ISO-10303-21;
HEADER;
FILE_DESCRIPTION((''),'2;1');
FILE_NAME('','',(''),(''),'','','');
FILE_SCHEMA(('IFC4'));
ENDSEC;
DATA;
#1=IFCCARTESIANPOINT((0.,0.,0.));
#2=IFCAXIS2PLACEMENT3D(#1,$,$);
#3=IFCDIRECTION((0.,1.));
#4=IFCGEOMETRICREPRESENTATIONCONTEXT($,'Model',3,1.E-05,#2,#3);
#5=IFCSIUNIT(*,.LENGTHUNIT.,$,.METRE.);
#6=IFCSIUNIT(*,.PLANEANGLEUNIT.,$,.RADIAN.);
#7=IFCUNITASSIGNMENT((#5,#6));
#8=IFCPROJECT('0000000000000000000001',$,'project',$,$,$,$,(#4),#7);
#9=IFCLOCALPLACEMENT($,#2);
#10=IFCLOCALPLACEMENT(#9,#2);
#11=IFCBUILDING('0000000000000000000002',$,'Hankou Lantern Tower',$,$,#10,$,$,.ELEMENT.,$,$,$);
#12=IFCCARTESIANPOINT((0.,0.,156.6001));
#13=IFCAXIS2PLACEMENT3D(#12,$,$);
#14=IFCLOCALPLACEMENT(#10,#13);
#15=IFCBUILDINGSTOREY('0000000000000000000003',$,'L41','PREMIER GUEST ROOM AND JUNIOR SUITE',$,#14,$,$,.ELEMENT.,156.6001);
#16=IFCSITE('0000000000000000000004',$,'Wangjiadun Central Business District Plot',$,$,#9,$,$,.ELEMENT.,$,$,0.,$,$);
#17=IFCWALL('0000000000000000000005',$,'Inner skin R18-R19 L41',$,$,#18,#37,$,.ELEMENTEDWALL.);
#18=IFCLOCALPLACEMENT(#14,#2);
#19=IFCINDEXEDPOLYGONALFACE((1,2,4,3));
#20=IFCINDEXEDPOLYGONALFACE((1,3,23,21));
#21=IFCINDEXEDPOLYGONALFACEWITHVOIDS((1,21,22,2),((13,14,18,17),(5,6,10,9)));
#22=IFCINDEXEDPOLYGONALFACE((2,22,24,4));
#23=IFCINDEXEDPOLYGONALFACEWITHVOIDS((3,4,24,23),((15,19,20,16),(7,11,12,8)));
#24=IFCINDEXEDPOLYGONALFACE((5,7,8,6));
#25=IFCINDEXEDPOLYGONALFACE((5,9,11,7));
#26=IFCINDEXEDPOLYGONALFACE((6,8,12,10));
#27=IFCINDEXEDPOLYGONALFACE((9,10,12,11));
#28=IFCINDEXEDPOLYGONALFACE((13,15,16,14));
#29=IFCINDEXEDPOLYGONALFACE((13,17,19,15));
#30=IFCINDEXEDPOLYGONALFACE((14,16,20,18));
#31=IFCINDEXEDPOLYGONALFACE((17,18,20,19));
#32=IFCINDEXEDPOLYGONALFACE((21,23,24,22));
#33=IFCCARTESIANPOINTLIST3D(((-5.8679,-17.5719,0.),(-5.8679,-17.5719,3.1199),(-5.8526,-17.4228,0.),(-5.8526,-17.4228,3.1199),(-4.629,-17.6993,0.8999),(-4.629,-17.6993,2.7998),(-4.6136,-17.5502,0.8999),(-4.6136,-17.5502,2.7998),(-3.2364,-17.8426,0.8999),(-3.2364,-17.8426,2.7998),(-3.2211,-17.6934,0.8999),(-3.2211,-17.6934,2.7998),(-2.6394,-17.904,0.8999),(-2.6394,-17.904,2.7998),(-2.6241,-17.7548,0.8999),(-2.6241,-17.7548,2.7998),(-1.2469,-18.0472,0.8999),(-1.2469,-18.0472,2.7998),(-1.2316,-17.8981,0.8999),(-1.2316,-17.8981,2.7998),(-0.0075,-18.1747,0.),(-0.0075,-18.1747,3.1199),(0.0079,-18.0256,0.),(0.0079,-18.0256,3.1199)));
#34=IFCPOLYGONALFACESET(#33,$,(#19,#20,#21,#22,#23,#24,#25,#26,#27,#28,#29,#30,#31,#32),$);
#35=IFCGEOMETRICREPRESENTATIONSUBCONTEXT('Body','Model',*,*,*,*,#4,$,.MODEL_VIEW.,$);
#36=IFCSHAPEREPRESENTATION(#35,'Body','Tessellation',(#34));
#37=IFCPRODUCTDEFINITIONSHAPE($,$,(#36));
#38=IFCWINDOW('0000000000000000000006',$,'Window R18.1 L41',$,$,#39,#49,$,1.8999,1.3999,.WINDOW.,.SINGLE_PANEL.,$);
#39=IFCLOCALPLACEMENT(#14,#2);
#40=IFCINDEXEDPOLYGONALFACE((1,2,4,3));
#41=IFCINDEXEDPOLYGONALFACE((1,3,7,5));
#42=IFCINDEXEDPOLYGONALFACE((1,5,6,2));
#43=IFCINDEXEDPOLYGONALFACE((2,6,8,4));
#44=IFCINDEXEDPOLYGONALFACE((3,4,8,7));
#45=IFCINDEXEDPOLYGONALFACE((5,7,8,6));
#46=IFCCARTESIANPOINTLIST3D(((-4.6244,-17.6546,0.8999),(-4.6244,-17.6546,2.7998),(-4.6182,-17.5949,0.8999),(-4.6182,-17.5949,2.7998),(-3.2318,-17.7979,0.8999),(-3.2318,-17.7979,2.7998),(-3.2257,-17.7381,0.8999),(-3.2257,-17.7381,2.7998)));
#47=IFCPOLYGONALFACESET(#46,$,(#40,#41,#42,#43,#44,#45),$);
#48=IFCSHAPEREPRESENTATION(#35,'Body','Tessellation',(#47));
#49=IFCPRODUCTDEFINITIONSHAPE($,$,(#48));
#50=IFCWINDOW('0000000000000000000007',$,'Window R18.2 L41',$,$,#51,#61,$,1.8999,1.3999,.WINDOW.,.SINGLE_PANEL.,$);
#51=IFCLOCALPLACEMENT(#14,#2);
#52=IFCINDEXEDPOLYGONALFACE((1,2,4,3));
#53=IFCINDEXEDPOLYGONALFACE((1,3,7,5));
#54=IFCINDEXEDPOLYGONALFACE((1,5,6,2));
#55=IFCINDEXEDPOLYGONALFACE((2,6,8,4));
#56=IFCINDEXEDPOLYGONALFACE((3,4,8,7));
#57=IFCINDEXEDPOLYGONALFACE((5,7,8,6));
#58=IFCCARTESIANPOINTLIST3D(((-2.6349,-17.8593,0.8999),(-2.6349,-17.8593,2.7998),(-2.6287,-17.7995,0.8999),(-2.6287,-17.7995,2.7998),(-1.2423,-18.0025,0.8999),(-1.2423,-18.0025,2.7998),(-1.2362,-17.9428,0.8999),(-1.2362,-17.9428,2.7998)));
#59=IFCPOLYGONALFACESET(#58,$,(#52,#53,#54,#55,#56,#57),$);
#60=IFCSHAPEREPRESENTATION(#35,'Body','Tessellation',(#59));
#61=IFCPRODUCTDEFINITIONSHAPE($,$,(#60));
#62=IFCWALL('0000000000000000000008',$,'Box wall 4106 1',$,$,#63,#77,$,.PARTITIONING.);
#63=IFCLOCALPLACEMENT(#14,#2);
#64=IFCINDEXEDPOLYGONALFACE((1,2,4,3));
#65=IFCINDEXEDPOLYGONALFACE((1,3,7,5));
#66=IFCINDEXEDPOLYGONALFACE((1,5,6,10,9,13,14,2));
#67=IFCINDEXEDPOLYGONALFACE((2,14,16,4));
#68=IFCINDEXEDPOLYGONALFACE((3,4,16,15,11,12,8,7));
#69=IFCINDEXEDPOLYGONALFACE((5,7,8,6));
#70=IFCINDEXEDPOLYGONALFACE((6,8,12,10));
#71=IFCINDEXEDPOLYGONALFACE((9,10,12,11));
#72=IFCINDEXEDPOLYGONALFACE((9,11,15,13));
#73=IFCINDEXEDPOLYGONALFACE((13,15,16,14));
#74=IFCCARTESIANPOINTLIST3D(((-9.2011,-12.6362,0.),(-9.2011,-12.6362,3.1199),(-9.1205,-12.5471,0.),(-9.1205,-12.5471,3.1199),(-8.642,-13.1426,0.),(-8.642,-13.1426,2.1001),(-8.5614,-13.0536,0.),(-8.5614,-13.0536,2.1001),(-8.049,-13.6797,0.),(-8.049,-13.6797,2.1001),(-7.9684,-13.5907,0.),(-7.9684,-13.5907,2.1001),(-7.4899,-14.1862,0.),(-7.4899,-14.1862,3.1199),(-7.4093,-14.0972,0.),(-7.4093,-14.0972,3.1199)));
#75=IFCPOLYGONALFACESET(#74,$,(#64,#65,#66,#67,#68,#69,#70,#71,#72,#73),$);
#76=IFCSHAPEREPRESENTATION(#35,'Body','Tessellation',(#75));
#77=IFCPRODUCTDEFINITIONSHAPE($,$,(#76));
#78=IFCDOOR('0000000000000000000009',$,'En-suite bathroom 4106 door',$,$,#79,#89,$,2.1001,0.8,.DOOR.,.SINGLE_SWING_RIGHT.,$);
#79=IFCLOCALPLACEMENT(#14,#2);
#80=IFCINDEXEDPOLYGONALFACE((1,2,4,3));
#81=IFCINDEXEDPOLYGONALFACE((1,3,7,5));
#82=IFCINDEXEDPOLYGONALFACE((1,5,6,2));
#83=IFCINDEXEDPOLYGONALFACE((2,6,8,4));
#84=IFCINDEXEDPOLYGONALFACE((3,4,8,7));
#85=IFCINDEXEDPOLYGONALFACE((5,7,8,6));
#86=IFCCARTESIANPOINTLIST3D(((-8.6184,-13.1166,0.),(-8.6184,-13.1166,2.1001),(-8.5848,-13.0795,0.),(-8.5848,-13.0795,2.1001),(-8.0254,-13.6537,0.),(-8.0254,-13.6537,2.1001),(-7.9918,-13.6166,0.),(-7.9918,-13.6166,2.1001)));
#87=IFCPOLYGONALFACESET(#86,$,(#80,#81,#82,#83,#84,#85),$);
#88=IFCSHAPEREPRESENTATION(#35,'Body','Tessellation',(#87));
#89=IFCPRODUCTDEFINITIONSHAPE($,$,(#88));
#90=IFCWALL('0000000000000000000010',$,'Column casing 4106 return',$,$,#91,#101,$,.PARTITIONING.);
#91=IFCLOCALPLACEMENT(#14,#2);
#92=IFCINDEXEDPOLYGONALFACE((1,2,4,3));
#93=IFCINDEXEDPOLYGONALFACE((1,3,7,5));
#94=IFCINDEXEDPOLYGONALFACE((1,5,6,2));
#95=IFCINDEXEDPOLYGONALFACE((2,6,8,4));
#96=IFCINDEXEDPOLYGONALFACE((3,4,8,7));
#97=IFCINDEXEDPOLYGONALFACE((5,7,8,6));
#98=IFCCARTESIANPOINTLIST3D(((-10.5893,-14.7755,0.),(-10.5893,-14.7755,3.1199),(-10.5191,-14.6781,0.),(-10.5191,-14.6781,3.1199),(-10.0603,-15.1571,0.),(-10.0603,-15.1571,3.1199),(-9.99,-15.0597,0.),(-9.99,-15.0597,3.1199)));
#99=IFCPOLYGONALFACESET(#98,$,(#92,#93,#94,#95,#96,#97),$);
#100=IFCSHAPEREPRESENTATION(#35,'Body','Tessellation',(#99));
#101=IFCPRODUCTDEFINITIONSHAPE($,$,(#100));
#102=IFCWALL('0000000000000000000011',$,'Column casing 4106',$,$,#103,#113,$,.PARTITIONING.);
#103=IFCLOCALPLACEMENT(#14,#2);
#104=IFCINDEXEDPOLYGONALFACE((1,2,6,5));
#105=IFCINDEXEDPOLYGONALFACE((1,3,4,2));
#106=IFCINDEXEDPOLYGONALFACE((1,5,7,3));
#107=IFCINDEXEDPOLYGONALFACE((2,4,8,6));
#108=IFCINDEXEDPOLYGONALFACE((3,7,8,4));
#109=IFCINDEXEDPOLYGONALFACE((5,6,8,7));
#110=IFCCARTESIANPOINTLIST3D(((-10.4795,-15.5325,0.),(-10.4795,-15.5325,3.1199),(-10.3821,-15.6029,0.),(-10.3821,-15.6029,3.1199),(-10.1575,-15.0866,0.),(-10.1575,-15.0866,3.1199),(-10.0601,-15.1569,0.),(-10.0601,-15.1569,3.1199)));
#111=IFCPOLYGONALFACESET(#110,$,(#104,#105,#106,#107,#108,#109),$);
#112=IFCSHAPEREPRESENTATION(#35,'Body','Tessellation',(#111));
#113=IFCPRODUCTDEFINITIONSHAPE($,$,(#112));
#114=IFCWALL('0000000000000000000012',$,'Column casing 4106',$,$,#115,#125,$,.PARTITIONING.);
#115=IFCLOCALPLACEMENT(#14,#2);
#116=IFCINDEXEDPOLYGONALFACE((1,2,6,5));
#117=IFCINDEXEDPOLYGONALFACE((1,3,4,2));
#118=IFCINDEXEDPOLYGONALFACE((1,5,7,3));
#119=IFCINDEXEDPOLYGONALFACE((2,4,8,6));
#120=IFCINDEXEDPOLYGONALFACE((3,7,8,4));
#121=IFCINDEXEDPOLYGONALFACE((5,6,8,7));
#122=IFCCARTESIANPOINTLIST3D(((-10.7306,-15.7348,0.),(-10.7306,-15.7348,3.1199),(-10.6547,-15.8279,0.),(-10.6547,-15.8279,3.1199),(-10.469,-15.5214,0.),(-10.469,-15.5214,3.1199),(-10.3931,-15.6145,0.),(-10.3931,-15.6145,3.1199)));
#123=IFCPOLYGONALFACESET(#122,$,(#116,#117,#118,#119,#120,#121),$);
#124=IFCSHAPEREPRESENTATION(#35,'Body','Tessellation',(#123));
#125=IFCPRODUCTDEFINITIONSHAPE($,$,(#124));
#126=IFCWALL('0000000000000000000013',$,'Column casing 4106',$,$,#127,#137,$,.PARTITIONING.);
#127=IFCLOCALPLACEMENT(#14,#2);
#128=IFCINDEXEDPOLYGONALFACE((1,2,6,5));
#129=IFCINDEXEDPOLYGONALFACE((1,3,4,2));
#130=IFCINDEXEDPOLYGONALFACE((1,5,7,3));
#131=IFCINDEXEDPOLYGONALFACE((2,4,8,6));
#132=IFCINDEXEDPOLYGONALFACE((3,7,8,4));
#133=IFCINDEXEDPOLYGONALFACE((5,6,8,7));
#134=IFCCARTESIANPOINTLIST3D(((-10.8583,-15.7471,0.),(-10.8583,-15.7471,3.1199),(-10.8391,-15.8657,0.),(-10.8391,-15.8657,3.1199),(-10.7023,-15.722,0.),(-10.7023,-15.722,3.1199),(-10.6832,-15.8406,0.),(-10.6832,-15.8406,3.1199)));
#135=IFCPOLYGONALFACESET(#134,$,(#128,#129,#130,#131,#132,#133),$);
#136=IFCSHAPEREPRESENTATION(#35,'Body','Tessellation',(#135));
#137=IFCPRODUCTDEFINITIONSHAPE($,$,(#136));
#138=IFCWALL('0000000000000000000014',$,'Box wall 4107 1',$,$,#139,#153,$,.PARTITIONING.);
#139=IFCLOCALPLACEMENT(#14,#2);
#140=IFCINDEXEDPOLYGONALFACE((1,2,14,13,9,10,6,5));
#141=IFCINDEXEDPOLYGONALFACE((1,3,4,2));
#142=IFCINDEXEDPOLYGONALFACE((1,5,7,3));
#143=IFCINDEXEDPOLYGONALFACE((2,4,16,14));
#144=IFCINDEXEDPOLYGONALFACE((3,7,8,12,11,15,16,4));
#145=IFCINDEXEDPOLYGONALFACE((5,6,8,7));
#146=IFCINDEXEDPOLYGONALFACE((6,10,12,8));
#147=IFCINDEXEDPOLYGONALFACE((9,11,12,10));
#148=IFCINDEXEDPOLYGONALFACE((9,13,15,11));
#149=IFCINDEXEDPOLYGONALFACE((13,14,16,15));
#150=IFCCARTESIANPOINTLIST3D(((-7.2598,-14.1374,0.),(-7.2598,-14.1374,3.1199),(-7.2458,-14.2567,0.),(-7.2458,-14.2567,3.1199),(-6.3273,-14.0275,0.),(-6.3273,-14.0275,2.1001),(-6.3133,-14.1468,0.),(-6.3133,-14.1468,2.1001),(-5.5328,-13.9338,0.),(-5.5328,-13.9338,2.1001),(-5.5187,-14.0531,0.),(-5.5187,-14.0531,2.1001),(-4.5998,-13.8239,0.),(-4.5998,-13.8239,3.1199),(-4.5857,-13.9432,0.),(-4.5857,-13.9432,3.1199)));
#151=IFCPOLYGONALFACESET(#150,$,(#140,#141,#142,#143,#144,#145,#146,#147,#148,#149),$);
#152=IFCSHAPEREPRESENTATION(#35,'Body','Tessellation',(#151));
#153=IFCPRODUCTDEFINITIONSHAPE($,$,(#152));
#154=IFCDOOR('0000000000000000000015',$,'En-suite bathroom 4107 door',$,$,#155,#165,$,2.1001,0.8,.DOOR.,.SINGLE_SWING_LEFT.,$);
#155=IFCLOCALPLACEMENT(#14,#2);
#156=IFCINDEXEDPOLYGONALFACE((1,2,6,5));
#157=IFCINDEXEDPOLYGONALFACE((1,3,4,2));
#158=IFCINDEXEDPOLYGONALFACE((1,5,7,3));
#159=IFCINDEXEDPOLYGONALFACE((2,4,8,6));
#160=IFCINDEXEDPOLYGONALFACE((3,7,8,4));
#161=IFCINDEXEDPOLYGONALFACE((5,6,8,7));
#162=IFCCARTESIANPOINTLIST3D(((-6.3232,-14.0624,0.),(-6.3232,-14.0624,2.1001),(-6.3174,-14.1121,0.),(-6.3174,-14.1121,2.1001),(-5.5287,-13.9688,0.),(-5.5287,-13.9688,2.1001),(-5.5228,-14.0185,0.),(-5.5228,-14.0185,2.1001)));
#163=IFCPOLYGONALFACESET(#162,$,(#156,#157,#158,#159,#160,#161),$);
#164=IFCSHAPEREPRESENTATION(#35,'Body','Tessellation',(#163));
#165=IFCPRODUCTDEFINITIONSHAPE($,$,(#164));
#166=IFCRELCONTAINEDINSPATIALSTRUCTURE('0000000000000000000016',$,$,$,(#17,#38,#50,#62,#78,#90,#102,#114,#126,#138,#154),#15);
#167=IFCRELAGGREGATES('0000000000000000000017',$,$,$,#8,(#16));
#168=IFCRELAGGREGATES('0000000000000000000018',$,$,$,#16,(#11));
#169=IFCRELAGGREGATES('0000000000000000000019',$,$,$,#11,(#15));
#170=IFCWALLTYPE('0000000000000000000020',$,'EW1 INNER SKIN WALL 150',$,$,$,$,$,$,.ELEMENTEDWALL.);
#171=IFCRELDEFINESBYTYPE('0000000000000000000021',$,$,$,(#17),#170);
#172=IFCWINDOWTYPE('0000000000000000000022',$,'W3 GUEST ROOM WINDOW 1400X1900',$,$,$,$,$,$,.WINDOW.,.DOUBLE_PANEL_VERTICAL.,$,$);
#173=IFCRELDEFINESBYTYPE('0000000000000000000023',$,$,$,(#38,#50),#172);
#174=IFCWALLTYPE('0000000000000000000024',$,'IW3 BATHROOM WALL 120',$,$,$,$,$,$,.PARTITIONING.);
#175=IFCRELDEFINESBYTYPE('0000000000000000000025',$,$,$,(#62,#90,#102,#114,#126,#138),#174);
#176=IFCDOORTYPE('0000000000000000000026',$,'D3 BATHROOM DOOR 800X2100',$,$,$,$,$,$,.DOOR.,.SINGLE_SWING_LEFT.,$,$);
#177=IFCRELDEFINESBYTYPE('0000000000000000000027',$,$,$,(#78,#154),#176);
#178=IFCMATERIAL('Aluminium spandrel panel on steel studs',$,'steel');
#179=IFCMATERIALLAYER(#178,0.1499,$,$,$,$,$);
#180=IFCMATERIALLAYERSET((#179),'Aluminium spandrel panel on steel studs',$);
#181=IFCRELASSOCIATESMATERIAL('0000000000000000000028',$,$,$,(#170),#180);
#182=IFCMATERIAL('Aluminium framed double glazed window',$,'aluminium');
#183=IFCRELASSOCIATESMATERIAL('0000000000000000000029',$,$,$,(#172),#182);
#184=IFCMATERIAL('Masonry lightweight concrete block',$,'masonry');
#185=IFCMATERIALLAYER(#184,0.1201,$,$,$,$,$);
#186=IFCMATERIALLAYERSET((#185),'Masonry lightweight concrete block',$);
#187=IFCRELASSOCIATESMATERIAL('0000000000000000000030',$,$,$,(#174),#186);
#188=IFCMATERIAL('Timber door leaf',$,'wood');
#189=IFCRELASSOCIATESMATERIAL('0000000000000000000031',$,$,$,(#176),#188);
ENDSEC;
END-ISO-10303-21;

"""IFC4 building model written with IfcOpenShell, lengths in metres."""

from ifc_helpers import new_model, si_unit, direction, frame, frame_2d, origin, place, context, subcontext, project, spatial, rectangle, extrude, material, layer, layer_set, type_object, element, fill, save


model = new_model("IFC4")

# Units and contexts
model_context = context("Model", 3, precision=1e-05, world=origin(), true_north=direction((0.0, 1.0)))
body_context = subcontext(model_context, "Body", "Model", "MODEL_VIEW")
ifc_project = project(units=[si_unit("LENGTHUNIT", "METRE"), si_unit("PLANEANGLEUNIT", "RADIAN")], contexts=[model_context])

# Site, building, storey
site_placement = place(None, origin())
site = spatial("IfcSite", under=ifc_project, at=site_placement, Name="Wangjiadun Central Business District Plot", CompositionType="ELEMENT", RefElevation=0.0)
building_placement = place(site_placement, origin())
building = spatial("IfcBuilding", under=site, at=building_placement, Name="Hankou Lantern Tower", CompositionType="ELEMENT")
storey_placement = place(building_placement, frame((0.0, 0.0, 156.6001)))
storey = spatial("IfcBuildingStorey", under=building, at=storey_placement, Name="L41", Description="PREMIER GUEST ROOM AND JUNIOR SUITE", CompositionType="ELEMENT", Elevation=156.6001)

# Wall, openings, windows
ifc_material_1 = material(Name="Aluminium spandrel panel on steel studs", Category="steel")
ifc_layer_1 = layer(ifc_material_1, 0.1499)
ifc_layer_set_1 = layer_set([ifc_layer_1], Name="Aluminium spandrel panel on steel studs")
wall_type_1 = type_object("IfcWallType", Name="EW1 INNER SKIN WALL 150", PredefinedType="ELEMENTEDWALL", material=ifc_layer_set_1)
ifc_material_2 = material(Name="Aluminium framed double glazed window", Category="aluminium")
window_type = type_object("IfcWindowType", Name="W3 GUEST ROOM WINDOW 1400X1900", PartitioningType="DOUBLE_PANEL_VERTICAL", PredefinedType="WINDOW", material=ifc_material_2)
wall_1_placement = place(storey_placement, frame((-5.8604, -17.4973, 0.0), z_axis=(0.0, 0.0, 1.0), x_axis=(0.994752, -0.102318, 0.0)))
wall_1 = element("IfcWall", 1, at=wall_1_placement, inside=storey, type_object=wall_type_1, Name="Inner skin R18-R19 L41", PredefinedType="ELEMENTEDWALL", context=body_context, shape_type="SweptSolid", body=[
    extrude(rectangle(XDim=5.8914, YDim=0.1499, at=frame_2d((2.9458, 0.0))), origin(), (0.0, 0.0, 1.0), 3.1199),
])
opening_1_placement = place(wall_1_placement, frame((1.2456, 0.0, 0.8999)))
opening_1 = element("IfcOpeningElement", 2, at=opening_1_placement, cuts=wall_1, PredefinedType="OPENING", context=body_context, shape_type="SweptSolid", body=[
    extrude(rectangle(XDim=1.3999, YDim=1.8999, at=frame_2d((0.7, 0.95))), frame((0.0, 0.085, 0.0), z_axis=(0.0, -1.0, 0.0), x_axis=(1.0, 0.0, 0.0)), (0.0, 0.0, 1.0), 0.1699),
])
opening_2_placement = place(wall_1_placement, frame((3.2456, 0.0, 0.8999)))
opening_2 = element("IfcOpeningElement", 3, at=opening_2_placement, cuts=wall_1, PredefinedType="OPENING", context=body_context, shape_type="SweptSolid", body=[
    extrude(rectangle(XDim=1.3999, YDim=1.8999, at=frame_2d((0.7, 0.95))), frame((0.0, 0.085, 0.0), z_axis=(0.0, -1.0, 0.0), x_axis=(1.0, 0.0, 0.0)), (0.0, 0.0, 1.0), 0.1699),
])
window_1_placement = place(opening_1_placement, origin())
window_1 = element("IfcWindow", 4, at=window_1_placement, inside=storey, type_object=window_type, Name="Window R18.1 L41", OverallHeight=1.8999, OverallWidth=1.3999, PartitioningType="SINGLE_PANEL", PredefinedType="WINDOW", context=body_context, shape_type="SweptSolid", body=[
    extrude(rectangle(XDim=1.3999, YDim=1.8999, at=frame_2d((0.7, 0.95))), frame((0.0, 0.03, 0.0), z_axis=(0.0, -1.0, 0.0), x_axis=(1.0, 0.0, 0.0)), (0.0, 0.0, 1.0), 0.0601),
])
fill(opening_1, window_1)
window_2_placement = place(opening_2_placement, origin())
window_2 = element("IfcWindow", 5, at=window_2_placement, inside=storey, type_object=window_type, Name="Window R18.2 L41", OverallHeight=1.8999, OverallWidth=1.3999, PartitioningType="SINGLE_PANEL", PredefinedType="WINDOW", context=body_context, shape_type="SweptSolid", body=[
    extrude(rectangle(XDim=1.3999, YDim=1.8999, at=frame_2d((0.7, 0.95))), frame((0.0, 0.03, 0.0), z_axis=(0.0, -1.0, 0.0), x_axis=(1.0, 0.0, 0.0)), (0.0, 0.0, 1.0), 0.0601),
])
fill(opening_2, window_2)

# Wall, opening, door
ifc_material_3 = material(Name="Masonry lightweight concrete block", Category="masonry")
ifc_layer_2 = layer(ifc_material_3, 0.1201)
ifc_layer_set_2 = layer_set([ifc_layer_2], Name="Masonry lightweight concrete block")
wall_type_2 = type_object("IfcWallType", Name="IW3 BATHROOM WALL 120", PredefinedType="PARTITIONING", material=ifc_layer_set_2)
wall_2_placement = place(storey_placement, frame((-7.4497, -14.1416, 0.0), z_axis=(0.0, 0.0, 1.0), x_axis=(-0.74114, 0.671351, 0.0)))
wall_2 = element("IfcWall", 6, at=wall_2_placement, inside=storey, type_object=wall_type_2, Name="Box wall 4106 1", PredefinedType="PARTITIONING", context=body_context, shape_type="SweptSolid", body=[
    extrude(rectangle(XDim=2.3088, YDim=0.1201, at=frame_2d((1.1543, 0.0))), origin(), (0.0, 0.0, 1.0), 3.1199),
])
opening_3_placement = place(wall_2_placement, frame((0.7544, 0.0, 0.0)))
opening_3 = element("IfcOpeningElement", 7, at=opening_3_placement, cuts=wall_2, PredefinedType="OPENING", context=body_context, shape_type="SweptSolid", body=[
    extrude(rectangle(XDim=0.8, YDim=2.1001, at=frame_2d((0.3999, 1.05))), frame((0.0, 0.0701, 0.0), z_axis=(0.0, -1.0, 0.0), x_axis=(1.0, 0.0, 0.0)), (0.0, 0.0, 1.0), 0.1401),
])
ifc_material_4 = material(Name="Timber door leaf", Category="wood")
door_type = type_object("IfcDoorType", Name="D3 BATHROOM DOOR 800X2100", OperationType="SINGLE_SWING_LEFT", PredefinedType="DOOR", material=ifc_material_4)
door_1_placement = place(opening_3_placement, origin())
door_1 = element("IfcDoor", 8, at=door_1_placement, inside=storey, type_object=door_type, Name="En-suite bathroom 4106 door", OperationType="SINGLE_SWING_RIGHT", OverallHeight=2.1001, OverallWidth=0.8, PredefinedType="DOOR", context=body_context, shape_type="SweptSolid", body=[
    extrude(rectangle(XDim=0.8, YDim=2.1001, at=frame_2d((0.3999, 1.05))), frame((0.0, 0.0249, 0.0), z_axis=(0.0, -1.0, 0.0), x_axis=(1.0, 0.0, 0.0)), (0.0, 0.0, 1.0), 0.05),
])
fill(opening_3, door_1)

# Walls
wall_3_placement = place(storey_placement, frame((-10.5542, -14.7268, 0.0), z_axis=(0.0, 0.0, 1.0), x_axis=(0.811044, -0.584985, 0.0)))
element("IfcWall", 9, at=wall_3_placement, inside=storey, type_object=wall_type_2, Name="Column casing 4106 return", PredefinedType="PARTITIONING", context=body_context, shape_type="SweptSolid", body=[
    extrude(rectangle(XDim=0.6523, YDim=0.1201, at=frame_2d((0.3262, 0.0))), origin(), (0.0, 0.0, 1.0), 3.1199),
])
wall_4_placement = place(storey_placement, frame((-10.1089, -15.1218, 0.0), z_axis=(0.0, 0.0, 1.0), x_axis=(-0.585345, -0.810785, 0.0)))
element("IfcWall", 10, at=wall_4_placement, inside=storey, type_object=wall_type_2, Name="Column casing 4106", PredefinedType="PARTITIONING", context=body_context, shape_type="SweptSolid", body=[
    extrude(rectangle(XDim=0.55, YDim=0.1201, at=frame_2d((0.2749, 0.0))), origin(), (0.0, 0.0, 1.0), 3.1199),
])
wall_5_placement = place(storey_placement, frame((-10.4309, -15.5679, 0.0), z_axis=(0.0, 0.0, 1.0), x_axis=(-0.775051, -0.631898, 0.0)))
element("IfcWall", 11, at=wall_5_placement, inside=storey, type_object=wall_type_2, Name="Column casing 4106", PredefinedType="PARTITIONING", context=body_context, shape_type="SweptSolid", body=[
    extrude(rectangle(XDim=0.3376, YDim=0.1201, at=frame_2d((0.1689, 0.0))), origin(), (0.0, 0.0, 1.0), 3.1199),
])
wall_6_placement = place(storey_placement, frame((-10.6926, -15.7812, 0.0), z_axis=(0.0, 0.0, 1.0), x_axis=(-0.987257, -0.159135, 0.0)))
element("IfcWall", 12, at=wall_6_placement, inside=storey, type_object=wall_type_2, Name="Column casing 4106", PredefinedType="PARTITIONING", context=body_context, shape_type="SweptSolid", body=[
    extrude(rectangle(XDim=0.158, YDim=0.1201, at=frame_2d((0.0791, 0.0))), origin(), (0.0, 0.0, 1.0), 3.1199),
])

# Wall, opening, door
wall_7_placement = place(storey_placement, frame((-7.2529, -14.197, 0.0), z_axis=(0.0, 0.0, 1.0), x_axis=(0.993128, 0.117032, 0.0)))
wall_7 = element("IfcWall", 13, at=wall_7_placement, inside=storey, type_object=wall_type_2, Name="Box wall 4107 1", PredefinedType="PARTITIONING", context=body_context, shape_type="SweptSolid", body=[
    extrude(rectangle(XDim=2.6785, YDim=0.1201, at=frame_2d((1.3394, 0.0))), origin(), (0.0, 0.0, 1.0), 3.1199),
])
opening_4_placement = place(wall_7_placement, frame((0.9392, 0.0, 0.0)))
opening_4 = element("IfcOpeningElement", 14, at=opening_4_placement, cuts=wall_7, PredefinedType="OPENING", context=body_context, shape_type="SweptSolid", body=[
    extrude(rectangle(XDim=0.8, YDim=2.1001, at=frame_2d((0.3999, 1.05))), frame((0.0, 0.0701, 0.0), z_axis=(0.0, -1.0, 0.0), x_axis=(1.0, 0.0, 0.0)), (0.0, 0.0, 1.0), 0.1401),
])
door_2_placement = place(opening_4_placement, origin())
door_2 = element("IfcDoor", 15, at=door_2_placement, inside=storey, type_object=door_type, Name="En-suite bathroom 4107 door", OperationType="SINGLE_SWING_LEFT", OverallHeight=2.1001, OverallWidth=0.8, PredefinedType="DOOR", context=body_context, shape_type="SweptSolid", body=[
    extrude(rectangle(XDim=0.8, YDim=2.1001, at=frame_2d((0.3999, 1.05))), frame((0.0, 0.0249, 0.0), z_axis=(0.0, -1.0, 0.0), x_axis=(1.0, 0.0, 0.0)), (0.0, 0.0, 1.0), 0.05),
])
fill(opening_4, door_2)

save(model, "model.ifc")
